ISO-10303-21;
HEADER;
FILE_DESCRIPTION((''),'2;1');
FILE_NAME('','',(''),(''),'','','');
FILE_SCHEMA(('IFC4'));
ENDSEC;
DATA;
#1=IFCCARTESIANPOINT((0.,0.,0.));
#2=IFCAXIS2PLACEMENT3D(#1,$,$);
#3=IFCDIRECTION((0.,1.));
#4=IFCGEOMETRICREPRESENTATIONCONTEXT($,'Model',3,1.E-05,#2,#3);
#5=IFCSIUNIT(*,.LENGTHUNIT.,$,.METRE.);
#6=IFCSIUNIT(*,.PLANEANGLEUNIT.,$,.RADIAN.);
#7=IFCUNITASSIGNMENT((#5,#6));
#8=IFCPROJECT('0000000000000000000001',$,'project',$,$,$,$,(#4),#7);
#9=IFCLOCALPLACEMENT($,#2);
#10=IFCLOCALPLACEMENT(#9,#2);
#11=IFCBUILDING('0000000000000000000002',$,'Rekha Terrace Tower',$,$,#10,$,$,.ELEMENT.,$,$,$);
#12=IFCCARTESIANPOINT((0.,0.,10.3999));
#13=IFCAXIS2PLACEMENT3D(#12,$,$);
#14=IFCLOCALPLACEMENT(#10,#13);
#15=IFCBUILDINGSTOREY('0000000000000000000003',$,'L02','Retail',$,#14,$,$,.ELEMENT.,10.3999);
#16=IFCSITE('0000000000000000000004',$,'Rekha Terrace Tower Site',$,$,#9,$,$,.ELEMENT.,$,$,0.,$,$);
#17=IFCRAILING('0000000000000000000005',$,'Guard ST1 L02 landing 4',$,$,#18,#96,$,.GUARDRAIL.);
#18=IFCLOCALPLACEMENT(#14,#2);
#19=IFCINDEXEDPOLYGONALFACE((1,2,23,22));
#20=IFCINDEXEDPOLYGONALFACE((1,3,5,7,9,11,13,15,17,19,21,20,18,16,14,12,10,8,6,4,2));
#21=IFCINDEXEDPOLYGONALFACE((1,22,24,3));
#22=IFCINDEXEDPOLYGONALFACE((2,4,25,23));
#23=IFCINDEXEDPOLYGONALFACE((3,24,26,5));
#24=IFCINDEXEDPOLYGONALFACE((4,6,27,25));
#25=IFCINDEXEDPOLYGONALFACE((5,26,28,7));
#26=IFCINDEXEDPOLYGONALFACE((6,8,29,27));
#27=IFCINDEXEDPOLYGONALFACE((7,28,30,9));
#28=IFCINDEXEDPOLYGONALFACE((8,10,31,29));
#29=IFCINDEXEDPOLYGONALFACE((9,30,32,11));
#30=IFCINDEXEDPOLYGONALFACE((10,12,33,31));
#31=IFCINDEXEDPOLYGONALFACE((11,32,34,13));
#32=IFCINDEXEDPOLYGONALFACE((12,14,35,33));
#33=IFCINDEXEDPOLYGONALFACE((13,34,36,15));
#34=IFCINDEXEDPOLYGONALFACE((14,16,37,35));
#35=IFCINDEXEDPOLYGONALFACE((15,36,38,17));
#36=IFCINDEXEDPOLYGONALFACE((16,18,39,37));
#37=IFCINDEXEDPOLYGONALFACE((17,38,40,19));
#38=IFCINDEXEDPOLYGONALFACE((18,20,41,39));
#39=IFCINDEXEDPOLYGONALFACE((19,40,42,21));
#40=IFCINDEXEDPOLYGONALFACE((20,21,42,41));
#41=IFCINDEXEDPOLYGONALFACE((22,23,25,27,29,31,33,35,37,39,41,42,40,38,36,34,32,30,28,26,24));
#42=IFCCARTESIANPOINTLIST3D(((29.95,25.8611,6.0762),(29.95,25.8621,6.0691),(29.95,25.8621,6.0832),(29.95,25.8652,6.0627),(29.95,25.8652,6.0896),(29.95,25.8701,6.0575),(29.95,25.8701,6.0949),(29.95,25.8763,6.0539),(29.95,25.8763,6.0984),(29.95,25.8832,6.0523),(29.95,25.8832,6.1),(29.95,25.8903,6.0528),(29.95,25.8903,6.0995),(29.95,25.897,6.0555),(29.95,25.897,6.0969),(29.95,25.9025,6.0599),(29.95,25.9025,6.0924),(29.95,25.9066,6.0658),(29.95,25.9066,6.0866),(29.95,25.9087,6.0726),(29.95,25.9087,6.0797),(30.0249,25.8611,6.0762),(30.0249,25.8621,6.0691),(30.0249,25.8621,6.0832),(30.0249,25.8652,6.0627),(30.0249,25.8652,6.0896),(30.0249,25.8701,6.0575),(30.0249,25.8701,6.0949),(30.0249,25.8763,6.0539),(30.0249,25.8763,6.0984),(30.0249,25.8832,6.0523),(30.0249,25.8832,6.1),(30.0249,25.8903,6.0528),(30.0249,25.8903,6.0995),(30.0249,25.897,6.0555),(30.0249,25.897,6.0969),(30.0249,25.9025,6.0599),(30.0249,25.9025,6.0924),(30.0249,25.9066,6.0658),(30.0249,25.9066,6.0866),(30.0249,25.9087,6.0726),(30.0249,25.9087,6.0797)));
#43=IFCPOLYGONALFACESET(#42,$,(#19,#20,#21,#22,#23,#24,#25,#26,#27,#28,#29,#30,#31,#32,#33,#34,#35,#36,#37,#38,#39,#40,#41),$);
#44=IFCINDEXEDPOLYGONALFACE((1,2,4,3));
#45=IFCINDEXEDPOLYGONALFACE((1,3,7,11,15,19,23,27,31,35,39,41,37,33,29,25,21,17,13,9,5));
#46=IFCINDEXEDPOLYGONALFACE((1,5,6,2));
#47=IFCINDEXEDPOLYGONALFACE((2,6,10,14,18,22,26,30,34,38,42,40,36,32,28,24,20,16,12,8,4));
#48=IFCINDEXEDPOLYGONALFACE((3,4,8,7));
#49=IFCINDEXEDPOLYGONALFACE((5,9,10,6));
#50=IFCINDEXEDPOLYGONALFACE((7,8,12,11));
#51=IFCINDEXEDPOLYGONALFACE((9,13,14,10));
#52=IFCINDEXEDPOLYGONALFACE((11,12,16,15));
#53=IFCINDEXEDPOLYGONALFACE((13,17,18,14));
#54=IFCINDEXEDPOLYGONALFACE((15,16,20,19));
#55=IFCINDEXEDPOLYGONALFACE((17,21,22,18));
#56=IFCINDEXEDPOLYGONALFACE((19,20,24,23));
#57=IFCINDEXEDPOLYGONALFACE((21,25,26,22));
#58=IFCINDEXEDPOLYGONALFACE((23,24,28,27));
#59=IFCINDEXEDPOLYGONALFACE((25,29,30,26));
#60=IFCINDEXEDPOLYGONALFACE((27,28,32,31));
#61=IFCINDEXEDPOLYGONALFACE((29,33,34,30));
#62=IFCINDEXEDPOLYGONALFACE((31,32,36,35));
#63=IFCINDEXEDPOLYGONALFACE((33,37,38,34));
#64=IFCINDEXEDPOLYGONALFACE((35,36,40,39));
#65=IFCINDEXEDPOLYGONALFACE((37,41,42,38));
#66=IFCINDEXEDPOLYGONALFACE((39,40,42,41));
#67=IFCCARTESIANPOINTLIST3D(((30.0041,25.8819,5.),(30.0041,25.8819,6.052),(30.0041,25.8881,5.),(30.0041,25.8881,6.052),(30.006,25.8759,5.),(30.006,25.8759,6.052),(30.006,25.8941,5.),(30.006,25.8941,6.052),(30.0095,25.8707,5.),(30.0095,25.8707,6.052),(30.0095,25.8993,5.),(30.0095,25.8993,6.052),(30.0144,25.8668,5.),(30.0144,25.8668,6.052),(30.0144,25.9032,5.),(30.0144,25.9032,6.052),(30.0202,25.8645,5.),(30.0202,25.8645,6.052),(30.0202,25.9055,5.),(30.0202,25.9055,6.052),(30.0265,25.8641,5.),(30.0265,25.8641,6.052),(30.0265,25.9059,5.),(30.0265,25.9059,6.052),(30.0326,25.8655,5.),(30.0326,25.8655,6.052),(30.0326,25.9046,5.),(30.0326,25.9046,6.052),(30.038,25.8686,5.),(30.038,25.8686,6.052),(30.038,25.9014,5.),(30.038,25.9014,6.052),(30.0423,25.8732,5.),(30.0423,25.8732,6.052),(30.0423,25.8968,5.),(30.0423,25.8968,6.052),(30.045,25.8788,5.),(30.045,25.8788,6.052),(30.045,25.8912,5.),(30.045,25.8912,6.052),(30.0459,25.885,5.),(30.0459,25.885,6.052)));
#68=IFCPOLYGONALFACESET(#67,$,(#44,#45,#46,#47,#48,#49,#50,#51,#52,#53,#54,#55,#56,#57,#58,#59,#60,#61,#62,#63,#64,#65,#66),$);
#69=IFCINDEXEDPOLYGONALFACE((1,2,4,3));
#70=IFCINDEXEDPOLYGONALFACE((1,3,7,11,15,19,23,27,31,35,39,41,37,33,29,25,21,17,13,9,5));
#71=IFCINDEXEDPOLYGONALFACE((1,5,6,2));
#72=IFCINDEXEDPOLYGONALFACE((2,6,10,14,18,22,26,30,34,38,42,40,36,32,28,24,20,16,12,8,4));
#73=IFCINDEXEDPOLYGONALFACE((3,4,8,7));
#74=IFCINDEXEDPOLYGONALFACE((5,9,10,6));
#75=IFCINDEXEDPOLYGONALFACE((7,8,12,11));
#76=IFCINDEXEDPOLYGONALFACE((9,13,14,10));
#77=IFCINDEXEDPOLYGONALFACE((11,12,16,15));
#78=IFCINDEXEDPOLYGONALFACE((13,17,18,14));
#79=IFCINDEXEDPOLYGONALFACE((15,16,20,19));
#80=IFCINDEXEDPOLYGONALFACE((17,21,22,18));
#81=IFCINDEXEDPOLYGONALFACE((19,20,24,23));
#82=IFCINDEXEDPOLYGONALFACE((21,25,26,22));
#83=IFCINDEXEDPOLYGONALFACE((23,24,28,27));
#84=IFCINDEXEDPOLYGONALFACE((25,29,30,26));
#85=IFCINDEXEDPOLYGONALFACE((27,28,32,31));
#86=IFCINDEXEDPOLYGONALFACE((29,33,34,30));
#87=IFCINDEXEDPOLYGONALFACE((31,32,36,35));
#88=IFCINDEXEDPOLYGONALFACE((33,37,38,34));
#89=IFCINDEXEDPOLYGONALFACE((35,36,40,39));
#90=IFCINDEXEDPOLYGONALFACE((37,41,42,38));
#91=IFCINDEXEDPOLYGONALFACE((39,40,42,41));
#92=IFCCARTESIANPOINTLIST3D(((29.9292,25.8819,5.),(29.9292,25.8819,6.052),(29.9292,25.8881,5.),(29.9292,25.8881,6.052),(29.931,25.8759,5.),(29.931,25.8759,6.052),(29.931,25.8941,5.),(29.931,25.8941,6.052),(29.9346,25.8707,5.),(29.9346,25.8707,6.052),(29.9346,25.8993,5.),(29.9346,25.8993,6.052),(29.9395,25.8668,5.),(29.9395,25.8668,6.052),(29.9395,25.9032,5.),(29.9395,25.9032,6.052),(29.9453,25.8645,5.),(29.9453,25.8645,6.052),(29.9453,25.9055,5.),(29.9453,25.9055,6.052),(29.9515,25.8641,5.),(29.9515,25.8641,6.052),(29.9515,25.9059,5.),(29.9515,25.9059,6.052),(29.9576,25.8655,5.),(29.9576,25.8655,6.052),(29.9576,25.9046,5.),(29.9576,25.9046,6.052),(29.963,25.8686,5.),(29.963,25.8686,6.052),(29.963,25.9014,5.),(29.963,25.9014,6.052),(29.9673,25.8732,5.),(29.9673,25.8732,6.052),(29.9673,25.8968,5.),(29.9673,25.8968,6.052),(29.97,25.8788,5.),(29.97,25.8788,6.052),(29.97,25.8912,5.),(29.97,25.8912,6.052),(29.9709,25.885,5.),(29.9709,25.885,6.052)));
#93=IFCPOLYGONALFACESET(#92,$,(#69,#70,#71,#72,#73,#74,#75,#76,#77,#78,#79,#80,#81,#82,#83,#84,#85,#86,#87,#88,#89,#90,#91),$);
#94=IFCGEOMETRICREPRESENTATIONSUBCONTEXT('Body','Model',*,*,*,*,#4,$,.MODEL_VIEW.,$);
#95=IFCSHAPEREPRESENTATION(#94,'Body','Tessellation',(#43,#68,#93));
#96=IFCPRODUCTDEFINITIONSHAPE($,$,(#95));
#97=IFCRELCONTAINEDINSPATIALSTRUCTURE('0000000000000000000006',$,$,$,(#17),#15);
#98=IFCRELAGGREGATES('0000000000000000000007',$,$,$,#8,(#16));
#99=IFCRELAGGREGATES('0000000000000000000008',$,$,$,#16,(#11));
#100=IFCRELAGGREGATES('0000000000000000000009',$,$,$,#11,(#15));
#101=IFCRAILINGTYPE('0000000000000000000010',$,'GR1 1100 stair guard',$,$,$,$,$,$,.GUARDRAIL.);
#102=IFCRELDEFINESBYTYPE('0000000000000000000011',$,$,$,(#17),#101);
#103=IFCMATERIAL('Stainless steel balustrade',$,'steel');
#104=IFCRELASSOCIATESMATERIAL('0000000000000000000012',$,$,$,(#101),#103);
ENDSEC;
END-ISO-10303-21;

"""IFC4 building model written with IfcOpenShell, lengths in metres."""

from ifc_helpers import new_model, si_unit, direction, frame, origin, origin_2d, place, context, subcontext, project, spatial, circle, extrude, material, type_object, element, save


model = new_model("IFC4")

# Units and contexts
model_context = context("Model", 3, precision=1e-05, world=origin(), true_north=direction((0.0, 1.0)))
body_context = subcontext(model_context, "Body", "Model", "MODEL_VIEW")
ifc_project = project(units=[si_unit("LENGTHUNIT", "METRE"), si_unit("PLANEANGLEUNIT", "RADIAN")], contexts=[model_context])

# Site, building, storey
site_placement = place(None, origin())
site = spatial("IfcSite", under=ifc_project, at=site_placement, Name="Rekha Terrace Tower Site", CompositionType="ELEMENT", RefElevation=0.0)
building_placement = place(site_placement, origin())
building = spatial("IfcBuilding", under=site, at=building_placement, Name="Rekha Terrace Tower", CompositionType="ELEMENT")
storey_placement = place(building_placement, frame((0.0, 0.0, 10.3999)))
storey = spatial("IfcBuildingStorey", under=building, at=storey_placement, Name="L02", Description="Retail", CompositionType="ELEMENT", Elevation=10.3999)

# Railing
ifc_material_1 = material(Name="Stainless steel balustrade", Category="steel")
railing_type_1 = type_object("IfcRailingType", Name="GR1 1100 stair guard", PredefinedType="GUARDRAIL", material=ifc_material_1)
railing_1_placement = place(storey_placement, frame((30.0249, 25.885, 5.0)))
element("IfcRailing", 1, at=railing_1_placement, inside=storey, type_object=railing_type_1, Name="Guard ST1 L02 landing 4", PredefinedType="GUARDRAIL", context=body_context, shape_type="SweptSolid", body=[
    extrude(circle(Radius=0.0239, at=origin_2d()), frame((0.0, 0.0, 1.0762), z_axis=(-1.0, 0.0, 0.0), x_axis=(0.0, -1.0, 0.0)), (0.0, 0.0, 1.0), 0.075),
    extrude(circle(Radius=0.021, at=origin_2d()), origin(), (0.0, 0.0, 1.0), 1.052),
    extrude(circle(Radius=0.021, at=origin_2d()), frame((-0.075, 0.0, 0.0)), (0.0, 0.0, 1.0), 1.052),
])

save(model, "model.ifc")
